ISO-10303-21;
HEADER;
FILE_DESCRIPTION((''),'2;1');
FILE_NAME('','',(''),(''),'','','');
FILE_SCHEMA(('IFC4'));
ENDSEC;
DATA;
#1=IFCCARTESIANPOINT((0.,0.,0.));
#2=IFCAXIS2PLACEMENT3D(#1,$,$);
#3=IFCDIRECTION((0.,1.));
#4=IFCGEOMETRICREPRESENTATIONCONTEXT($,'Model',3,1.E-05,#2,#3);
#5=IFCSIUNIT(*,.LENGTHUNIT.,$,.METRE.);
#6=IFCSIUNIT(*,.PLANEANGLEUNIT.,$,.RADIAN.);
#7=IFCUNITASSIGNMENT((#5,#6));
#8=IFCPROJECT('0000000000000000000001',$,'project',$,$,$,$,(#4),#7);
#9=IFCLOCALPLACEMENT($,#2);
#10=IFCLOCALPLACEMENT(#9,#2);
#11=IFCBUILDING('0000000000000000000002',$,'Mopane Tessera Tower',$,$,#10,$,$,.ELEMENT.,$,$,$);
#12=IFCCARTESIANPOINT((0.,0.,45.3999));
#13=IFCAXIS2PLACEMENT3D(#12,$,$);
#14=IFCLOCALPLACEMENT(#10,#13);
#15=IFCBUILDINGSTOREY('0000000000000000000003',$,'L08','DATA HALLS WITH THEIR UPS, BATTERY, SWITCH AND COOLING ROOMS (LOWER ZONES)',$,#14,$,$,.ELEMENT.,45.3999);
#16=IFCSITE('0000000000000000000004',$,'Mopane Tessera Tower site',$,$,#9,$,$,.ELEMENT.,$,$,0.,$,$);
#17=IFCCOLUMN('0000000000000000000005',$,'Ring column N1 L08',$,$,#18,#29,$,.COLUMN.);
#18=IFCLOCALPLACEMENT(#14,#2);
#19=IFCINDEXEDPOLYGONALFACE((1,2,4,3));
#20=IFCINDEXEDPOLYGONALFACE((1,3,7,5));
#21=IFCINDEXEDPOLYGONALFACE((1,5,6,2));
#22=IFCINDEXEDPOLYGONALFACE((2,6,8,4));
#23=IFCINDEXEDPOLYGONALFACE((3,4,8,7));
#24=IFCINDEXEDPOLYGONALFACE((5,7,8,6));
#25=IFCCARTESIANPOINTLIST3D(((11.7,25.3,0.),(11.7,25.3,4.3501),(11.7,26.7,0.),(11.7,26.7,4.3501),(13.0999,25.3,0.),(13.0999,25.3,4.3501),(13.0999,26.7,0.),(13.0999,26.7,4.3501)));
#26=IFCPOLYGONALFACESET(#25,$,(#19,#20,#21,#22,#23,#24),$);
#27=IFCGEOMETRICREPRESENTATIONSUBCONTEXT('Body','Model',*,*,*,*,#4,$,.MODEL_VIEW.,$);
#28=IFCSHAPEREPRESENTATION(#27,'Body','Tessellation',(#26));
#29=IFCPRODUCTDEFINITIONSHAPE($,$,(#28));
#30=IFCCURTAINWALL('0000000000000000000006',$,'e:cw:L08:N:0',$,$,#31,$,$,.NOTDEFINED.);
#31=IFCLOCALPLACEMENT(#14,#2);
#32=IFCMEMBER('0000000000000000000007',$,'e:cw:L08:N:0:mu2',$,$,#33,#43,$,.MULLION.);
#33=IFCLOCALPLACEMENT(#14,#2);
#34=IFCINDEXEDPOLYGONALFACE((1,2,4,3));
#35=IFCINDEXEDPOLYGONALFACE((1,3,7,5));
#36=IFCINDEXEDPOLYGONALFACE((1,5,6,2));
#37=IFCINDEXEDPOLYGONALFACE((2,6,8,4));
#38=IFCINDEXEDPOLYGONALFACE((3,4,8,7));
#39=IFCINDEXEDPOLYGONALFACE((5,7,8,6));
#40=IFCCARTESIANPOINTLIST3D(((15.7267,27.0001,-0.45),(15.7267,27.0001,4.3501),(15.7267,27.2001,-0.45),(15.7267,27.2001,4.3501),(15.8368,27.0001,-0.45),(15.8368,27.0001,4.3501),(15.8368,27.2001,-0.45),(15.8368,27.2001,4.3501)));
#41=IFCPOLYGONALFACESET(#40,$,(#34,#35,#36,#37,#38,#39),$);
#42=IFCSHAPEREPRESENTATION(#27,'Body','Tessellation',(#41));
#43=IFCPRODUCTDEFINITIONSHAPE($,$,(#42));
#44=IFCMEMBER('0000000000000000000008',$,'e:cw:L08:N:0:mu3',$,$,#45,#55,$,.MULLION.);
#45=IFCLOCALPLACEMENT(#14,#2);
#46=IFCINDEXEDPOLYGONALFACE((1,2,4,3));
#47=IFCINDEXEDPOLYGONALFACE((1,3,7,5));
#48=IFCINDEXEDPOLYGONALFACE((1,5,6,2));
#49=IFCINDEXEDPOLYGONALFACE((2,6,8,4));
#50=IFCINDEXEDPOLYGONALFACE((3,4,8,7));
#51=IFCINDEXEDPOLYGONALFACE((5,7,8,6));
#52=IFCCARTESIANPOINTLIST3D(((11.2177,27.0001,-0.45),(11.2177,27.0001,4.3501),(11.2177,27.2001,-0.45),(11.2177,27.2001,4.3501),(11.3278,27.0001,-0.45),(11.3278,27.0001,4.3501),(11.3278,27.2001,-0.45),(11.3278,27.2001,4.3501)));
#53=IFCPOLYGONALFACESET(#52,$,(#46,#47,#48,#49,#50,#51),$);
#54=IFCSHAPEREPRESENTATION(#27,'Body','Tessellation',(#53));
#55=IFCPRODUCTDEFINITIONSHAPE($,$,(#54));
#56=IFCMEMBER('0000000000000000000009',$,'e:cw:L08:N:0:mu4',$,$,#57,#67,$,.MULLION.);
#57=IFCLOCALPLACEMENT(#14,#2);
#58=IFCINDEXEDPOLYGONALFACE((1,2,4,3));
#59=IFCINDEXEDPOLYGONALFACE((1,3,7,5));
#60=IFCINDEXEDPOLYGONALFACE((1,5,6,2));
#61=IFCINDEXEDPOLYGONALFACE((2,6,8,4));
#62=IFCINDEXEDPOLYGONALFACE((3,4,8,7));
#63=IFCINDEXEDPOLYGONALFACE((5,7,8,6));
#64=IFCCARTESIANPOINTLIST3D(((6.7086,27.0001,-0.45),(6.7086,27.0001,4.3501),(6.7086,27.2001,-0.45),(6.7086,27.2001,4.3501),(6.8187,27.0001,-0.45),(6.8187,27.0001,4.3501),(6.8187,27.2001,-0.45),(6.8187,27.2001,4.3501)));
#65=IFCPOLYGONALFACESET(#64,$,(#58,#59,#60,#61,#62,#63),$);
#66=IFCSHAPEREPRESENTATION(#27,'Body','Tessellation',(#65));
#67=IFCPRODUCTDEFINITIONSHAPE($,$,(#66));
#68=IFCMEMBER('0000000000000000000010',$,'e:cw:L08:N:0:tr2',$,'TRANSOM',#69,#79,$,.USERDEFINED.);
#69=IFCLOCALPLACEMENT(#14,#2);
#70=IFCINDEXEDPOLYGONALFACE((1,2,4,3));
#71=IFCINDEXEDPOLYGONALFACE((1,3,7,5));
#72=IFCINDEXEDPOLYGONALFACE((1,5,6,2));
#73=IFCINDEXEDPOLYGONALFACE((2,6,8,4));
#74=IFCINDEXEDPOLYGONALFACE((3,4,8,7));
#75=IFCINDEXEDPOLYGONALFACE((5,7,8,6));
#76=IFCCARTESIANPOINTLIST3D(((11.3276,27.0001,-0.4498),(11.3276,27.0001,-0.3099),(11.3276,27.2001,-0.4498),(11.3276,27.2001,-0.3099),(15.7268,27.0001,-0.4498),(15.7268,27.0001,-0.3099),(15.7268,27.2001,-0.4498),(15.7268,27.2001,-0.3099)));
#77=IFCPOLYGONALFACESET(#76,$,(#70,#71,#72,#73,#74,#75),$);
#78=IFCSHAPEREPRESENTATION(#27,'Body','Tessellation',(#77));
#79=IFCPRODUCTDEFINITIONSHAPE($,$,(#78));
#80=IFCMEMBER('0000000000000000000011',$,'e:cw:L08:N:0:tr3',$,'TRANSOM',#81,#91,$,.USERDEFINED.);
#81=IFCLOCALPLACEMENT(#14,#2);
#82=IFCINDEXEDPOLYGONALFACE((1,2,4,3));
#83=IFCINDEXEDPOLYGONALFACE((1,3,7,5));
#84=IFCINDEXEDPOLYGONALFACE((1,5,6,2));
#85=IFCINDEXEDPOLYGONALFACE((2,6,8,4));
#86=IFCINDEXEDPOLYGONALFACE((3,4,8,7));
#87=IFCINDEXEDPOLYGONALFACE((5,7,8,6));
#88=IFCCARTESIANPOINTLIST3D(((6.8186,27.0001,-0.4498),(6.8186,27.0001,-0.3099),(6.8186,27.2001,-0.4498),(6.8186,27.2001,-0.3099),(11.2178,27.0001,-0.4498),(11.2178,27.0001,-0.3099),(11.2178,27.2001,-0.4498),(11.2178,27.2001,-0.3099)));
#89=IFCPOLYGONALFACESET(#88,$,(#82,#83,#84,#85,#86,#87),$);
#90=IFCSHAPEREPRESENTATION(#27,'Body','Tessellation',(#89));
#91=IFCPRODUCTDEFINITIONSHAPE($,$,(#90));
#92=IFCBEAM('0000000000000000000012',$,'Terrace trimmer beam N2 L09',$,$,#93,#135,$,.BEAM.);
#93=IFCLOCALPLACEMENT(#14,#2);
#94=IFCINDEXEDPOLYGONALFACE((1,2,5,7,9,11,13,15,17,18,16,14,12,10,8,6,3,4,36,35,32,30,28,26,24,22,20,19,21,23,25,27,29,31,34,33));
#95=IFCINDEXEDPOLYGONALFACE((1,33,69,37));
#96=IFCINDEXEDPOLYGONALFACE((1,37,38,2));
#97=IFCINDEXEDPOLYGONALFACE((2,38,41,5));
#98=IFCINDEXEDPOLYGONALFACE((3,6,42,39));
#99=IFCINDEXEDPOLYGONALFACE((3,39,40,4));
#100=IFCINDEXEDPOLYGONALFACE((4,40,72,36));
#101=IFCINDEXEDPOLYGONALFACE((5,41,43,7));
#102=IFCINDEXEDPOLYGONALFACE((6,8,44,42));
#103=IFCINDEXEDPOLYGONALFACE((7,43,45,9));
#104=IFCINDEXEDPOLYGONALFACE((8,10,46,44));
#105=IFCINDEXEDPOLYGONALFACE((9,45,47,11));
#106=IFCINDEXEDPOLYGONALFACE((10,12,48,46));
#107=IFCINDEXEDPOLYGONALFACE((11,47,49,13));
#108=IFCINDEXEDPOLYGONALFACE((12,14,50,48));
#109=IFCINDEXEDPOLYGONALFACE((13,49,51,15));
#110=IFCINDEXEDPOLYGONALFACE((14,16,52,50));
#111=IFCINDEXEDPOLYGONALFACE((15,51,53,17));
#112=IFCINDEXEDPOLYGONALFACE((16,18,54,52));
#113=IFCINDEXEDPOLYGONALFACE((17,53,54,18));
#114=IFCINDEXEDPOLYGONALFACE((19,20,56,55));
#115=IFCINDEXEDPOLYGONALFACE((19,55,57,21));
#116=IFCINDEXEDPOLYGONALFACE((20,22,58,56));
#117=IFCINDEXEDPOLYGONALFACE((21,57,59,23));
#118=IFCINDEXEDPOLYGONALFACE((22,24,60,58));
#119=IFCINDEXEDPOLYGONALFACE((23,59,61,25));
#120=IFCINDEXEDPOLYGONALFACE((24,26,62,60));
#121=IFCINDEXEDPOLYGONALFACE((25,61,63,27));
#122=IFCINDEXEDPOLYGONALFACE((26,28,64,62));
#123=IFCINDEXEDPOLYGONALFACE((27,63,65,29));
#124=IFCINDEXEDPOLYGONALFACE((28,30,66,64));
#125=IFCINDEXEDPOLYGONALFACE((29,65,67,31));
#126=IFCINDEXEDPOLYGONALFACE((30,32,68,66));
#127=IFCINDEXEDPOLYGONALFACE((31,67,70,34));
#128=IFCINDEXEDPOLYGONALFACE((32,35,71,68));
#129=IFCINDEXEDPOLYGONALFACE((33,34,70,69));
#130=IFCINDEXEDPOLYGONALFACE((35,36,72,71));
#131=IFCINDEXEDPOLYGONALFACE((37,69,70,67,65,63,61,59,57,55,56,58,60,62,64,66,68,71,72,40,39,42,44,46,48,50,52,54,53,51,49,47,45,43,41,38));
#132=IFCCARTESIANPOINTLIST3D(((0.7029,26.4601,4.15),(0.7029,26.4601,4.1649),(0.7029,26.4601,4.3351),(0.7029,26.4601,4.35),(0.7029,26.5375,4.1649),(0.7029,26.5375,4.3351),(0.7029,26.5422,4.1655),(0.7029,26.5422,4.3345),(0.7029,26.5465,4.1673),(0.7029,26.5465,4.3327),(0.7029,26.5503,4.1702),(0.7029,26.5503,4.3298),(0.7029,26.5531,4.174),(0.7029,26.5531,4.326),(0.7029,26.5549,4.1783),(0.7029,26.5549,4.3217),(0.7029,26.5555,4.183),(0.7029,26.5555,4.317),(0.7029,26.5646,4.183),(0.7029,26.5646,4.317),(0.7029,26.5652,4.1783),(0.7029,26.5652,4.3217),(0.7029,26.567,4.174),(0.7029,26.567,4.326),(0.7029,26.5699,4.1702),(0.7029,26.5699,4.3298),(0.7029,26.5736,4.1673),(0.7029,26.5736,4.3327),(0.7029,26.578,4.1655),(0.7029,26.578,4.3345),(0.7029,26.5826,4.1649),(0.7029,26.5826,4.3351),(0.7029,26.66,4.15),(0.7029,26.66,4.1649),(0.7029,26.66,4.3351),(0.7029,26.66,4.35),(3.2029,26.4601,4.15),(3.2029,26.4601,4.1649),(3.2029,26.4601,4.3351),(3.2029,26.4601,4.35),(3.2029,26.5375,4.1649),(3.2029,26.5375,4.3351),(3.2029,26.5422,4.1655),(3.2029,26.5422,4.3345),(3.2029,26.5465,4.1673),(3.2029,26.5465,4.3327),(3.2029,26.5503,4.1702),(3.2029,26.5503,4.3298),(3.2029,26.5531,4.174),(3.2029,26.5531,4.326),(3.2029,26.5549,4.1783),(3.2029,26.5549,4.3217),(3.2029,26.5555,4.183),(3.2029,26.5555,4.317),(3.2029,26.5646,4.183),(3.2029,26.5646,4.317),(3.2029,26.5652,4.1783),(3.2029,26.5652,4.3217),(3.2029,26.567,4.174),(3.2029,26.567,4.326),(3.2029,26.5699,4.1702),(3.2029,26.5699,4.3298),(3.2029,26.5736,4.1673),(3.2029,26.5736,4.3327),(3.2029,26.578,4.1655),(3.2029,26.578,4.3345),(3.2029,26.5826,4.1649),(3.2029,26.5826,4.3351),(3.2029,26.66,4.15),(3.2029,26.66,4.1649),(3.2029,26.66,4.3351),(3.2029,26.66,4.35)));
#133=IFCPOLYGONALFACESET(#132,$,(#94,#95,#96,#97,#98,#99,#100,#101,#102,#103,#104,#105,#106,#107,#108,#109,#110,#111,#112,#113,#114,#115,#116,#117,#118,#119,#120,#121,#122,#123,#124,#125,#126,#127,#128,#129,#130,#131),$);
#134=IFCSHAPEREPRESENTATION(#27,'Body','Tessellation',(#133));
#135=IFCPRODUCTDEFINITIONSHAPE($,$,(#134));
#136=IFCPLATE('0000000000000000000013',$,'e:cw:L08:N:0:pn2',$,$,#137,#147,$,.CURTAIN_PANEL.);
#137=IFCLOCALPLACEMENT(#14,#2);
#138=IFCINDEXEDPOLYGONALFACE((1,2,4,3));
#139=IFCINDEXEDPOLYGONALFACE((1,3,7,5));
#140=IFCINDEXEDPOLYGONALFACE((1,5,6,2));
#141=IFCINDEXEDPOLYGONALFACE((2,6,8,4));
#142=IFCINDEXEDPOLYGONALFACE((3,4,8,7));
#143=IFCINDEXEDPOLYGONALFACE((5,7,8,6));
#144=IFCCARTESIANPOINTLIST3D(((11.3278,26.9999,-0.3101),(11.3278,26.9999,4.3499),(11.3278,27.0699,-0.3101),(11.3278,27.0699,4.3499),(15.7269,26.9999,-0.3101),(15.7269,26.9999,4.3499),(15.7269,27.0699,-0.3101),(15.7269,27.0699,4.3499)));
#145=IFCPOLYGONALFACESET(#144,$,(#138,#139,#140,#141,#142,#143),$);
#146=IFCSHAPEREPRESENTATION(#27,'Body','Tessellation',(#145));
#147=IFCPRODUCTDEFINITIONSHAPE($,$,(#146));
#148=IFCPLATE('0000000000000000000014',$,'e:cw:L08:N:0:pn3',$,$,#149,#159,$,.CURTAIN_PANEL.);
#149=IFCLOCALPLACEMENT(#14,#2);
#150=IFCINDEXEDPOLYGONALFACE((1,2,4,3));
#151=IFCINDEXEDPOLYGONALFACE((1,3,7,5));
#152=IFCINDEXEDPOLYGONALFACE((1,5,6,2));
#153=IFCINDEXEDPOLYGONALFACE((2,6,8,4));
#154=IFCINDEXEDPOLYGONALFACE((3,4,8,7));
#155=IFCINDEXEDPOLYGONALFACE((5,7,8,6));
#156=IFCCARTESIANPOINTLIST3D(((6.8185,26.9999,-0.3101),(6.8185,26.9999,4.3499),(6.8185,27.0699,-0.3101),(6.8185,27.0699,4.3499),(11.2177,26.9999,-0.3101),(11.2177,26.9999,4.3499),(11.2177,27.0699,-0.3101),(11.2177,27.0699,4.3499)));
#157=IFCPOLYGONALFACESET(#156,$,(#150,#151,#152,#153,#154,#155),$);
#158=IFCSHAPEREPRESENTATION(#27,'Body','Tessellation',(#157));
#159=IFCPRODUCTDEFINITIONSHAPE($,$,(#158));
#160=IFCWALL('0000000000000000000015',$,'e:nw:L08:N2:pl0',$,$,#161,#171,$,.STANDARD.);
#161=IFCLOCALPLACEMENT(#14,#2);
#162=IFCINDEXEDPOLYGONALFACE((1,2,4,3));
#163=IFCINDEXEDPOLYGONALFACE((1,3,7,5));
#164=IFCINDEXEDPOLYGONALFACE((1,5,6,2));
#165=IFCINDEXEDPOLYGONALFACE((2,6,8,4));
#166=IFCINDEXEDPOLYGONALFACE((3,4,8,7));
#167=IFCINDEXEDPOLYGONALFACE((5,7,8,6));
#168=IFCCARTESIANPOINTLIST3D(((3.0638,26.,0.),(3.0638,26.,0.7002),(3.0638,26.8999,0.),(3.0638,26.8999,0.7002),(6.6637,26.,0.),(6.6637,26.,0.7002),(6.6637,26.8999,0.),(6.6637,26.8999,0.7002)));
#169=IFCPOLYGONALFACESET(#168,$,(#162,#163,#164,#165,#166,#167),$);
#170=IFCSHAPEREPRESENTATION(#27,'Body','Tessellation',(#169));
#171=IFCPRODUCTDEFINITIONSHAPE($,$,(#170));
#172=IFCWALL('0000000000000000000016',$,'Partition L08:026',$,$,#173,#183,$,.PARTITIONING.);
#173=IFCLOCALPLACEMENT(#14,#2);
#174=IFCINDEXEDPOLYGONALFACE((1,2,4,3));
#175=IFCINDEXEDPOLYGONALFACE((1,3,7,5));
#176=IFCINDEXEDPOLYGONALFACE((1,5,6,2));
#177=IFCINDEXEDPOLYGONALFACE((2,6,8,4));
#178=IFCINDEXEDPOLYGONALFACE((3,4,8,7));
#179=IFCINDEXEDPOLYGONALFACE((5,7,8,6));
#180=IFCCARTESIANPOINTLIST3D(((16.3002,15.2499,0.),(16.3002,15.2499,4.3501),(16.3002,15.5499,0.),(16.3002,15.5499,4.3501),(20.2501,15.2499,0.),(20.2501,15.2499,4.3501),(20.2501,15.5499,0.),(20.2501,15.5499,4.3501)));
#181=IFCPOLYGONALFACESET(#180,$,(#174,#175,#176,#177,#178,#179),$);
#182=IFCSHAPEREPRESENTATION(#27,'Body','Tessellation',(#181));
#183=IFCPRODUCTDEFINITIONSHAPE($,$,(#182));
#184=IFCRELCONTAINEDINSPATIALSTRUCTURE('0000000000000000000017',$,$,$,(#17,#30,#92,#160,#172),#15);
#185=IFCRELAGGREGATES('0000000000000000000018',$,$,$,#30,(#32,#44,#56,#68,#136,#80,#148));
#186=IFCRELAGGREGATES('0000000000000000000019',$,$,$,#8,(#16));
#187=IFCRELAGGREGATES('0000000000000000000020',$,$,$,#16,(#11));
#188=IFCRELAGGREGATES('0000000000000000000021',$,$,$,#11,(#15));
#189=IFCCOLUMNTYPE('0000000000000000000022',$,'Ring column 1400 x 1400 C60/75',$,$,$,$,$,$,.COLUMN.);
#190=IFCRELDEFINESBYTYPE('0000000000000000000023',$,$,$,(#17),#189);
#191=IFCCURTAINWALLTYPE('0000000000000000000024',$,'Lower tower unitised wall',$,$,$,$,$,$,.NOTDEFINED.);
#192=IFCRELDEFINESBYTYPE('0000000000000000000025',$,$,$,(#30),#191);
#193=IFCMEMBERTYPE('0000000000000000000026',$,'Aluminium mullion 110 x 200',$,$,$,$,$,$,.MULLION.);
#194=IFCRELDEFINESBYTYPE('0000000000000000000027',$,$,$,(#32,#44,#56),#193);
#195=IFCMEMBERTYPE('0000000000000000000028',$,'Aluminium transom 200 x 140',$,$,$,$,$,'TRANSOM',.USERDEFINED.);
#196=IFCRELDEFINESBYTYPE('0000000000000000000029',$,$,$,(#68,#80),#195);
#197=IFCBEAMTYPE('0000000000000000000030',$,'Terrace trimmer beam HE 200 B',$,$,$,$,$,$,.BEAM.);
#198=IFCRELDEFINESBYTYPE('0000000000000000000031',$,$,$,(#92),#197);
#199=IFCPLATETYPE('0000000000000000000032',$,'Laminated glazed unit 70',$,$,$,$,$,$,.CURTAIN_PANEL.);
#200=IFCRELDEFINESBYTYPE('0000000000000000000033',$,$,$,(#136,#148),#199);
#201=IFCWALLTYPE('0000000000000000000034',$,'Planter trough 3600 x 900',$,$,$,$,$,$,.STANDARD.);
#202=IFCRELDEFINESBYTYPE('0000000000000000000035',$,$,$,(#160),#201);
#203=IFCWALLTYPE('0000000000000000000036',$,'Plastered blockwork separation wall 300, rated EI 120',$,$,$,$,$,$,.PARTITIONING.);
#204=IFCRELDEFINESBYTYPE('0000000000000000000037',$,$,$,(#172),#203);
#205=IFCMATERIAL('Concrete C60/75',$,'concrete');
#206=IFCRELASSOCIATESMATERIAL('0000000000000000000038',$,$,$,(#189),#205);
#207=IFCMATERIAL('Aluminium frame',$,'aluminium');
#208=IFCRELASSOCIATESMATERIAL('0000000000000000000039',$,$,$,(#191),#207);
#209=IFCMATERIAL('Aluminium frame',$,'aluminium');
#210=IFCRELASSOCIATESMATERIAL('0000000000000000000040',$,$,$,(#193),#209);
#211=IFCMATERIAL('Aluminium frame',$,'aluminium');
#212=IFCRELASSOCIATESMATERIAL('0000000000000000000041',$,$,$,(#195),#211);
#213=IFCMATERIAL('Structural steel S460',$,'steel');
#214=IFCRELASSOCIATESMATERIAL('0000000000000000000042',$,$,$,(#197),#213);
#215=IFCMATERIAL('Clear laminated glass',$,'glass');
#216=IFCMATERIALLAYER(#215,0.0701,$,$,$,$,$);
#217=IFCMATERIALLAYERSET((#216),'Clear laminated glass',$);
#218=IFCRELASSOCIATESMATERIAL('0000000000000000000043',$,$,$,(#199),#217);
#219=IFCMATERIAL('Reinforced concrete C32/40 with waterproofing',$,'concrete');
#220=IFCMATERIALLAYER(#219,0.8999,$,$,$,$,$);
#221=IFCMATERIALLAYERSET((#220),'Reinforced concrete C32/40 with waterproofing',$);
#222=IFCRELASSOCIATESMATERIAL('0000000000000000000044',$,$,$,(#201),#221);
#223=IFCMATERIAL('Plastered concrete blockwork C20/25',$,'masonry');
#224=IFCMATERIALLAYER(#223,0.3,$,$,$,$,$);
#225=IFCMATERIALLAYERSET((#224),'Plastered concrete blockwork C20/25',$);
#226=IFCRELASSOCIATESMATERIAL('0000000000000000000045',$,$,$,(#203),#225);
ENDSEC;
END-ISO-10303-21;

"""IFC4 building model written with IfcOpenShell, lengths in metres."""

from ifc_helpers import new_model, si_unit, direction, frame, frame_2d, origin, origin_2d, place, context, subcontext, project, spatial, rectangle, i_section, extrude, material, layer, layer_set, material_profile, profile_set, type_object, element, aggregate, save


model = new_model("IFC4")

# Units and contexts
model_context = context("Model", 3, precision=1e-05, world=origin(), true_north=direction((0.0, 1.0)))
body_context = subcontext(model_context, "Body", "Model", "MODEL_VIEW")
ifc_project = project(units=[si_unit("LENGTHUNIT", "METRE"), si_unit("PLANEANGLEUNIT", "RADIAN")], contexts=[model_context])

# Site, building, storey
site_placement = place(None, origin())
site = spatial("IfcSite", under=ifc_project, at=site_placement, Name="Mopane Tessera Tower site", CompositionType="ELEMENT", RefElevation=0.0)
building_placement = place(site_placement, origin())
building = spatial("IfcBuilding", under=site, at=building_placement, Name="Mopane Tessera Tower", CompositionType="ELEMENT")
storey_placement = place(building_placement, frame((0.0, 0.0, 45.3999)))
storey = spatial("IfcBuildingStorey", under=building, at=storey_placement, Name="L08", Description="DATA HALLS WITH THEIR UPS, BATTERY, SWITCH AND COOLING ROOMS (LOWER ZONES)", CompositionType="ELEMENT", Elevation=45.3999)

# Column
ifc_material_1 = material(Name="Concrete C60/75", Category="concrete")
ifc_material_profile_1 = material_profile(ifc_material_1, rectangle(XDim=1.3999, YDim=1.3999, at=origin_2d()))
ifc_profile_set_1 = profile_set([ifc_material_profile_1], Name="Concrete C60/75")
column_type = type_object("IfcColumnType", Name="Ring column 1400 x 1400 C60/75", PredefinedType="COLUMN", material=ifc_profile_set_1)
column_placement = place(storey_placement, frame((12.3999, 26.0, 0.0), z_axis=(0.0, 0.0, 1.0), x_axis=(1.0, 0.0, 0.0)))
element("IfcColumn", 1, at=column_placement, inside=storey, type_object=column_type, Name="Ring column N1 L08", PredefinedType="COLUMN", context=body_context, shape_type="SweptSolid", body=[
    extrude(rectangle(XDim=1.3999, YDim=1.3999, at=origin_2d()), origin(), (0.0, 0.0, 1.0), 4.3501),
])

# Curtain wall, members
ifc_material_2 = material(Name="Aluminium frame", Category="aluminium")
curtain_wall_type = type_object("IfcCurtainWallType", Name="Lower tower unitised wall", PredefinedType="NOTDEFINED", material=ifc_material_2)
curtain_wall_placement = place(storey_placement, origin())
curtain_wall = element("IfcCurtainWall", 2, at=curtain_wall_placement, inside=storey, type_object=curtain_wall_type, Name="e:cw:L08:N:0", PredefinedType="NOTDEFINED")
ifc_material_3 = material(Name="Aluminium frame", Category="aluminium")
ifc_material_profile_2 = material_profile(ifc_material_3, rectangle(XDim=0.1101, YDim=0.2, at=origin_2d()))
ifc_profile_set_2 = profile_set([ifc_material_profile_2], Name="Aluminium frame")
member_type_1 = type_object("IfcMemberType", Name="Aluminium mullion 110 x 200", PredefinedType="MULLION", material=ifc_profile_set_2)
member_1_placement = place(storey_placement, frame((15.7817, 27.1001, -0.45), z_axis=(0.0, 0.0, 1.0), x_axis=(-1.0, 0.0, 0.0)))
member_1 = element("IfcMember", 3, at=member_1_placement, type_object=member_type_1, Name="e:cw:L08:N:0:mu2", PredefinedType="MULLION", context=body_context, shape_type="SweptSolid", body=[
    extrude(rectangle(XDim=0.1101, YDim=0.2, at=origin_2d()), origin(), (0.0, 0.0, 1.0), 4.8),
])
member_2_placement = place(storey_placement, frame((11.2727, 27.1001, -0.45), z_axis=(0.0, 0.0, 1.0), x_axis=(-1.0, 0.0, 0.0)))
member_2 = element("IfcMember", 4, at=member_2_placement, type_object=member_type_1, Name="e:cw:L08:N:0:mu3", PredefinedType="MULLION", context=body_context, shape_type="SweptSolid", body=[
    extrude(rectangle(XDim=0.1101, YDim=0.2, at=origin_2d()), origin(), (0.0, 0.0, 1.0), 4.8),
])
member_3_placement = place(storey_placement, frame((6.7637, 27.1001, -0.45), z_axis=(0.0, 0.0, 1.0), x_axis=(-1.0, 0.0, 0.0)))
member_3 = element("IfcMember", 5, at=member_3_placement, type_object=member_type_1, Name="e:cw:L08:N:0:mu4", PredefinedType="MULLION", context=body_context, shape_type="SweptSolid", body=[
    extrude(rectangle(XDim=0.1101, YDim=0.2, at=origin_2d()), origin(), (0.0, 0.0, 1.0), 4.8),
])
ifc_material_4 = material(Name="Aluminium frame", Category="aluminium")
ifc_material_profile_3 = material_profile(ifc_material_4, rectangle(XDim=0.2, YDim=0.1399, at=origin_2d()))
ifc_profile_set_3 = profile_set([ifc_material_profile_3], Name="Aluminium frame")
member_type_2 = type_object("IfcMemberType", Name="Aluminium transom 200 x 140", ElementType="TRANSOM", PredefinedType="USERDEFINED", material=ifc_profile_set_3)
member_4_placement = place(storey_placement, frame((15.7268, 27.1001, -0.3799), z_axis=(-1.0, 0.0, 0.0), x_axis=(0.0, -1.0, 0.0)))
member_4 = element("IfcMember", 6, at=member_4_placement, type_object=member_type_2, Name="e:cw:L08:N:0:tr2", ObjectType="TRANSOM", PredefinedType="USERDEFINED", context=body_context, shape_type="SweptSolid", body=[
    extrude(rectangle(XDim=0.2, YDim=0.1399, at=origin_2d()), origin(), (0.0, 0.0, 1.0), 4.3992),
])
member_5_placement = place(storey_placement, frame((11.2178, 27.1001, -0.3799), z_axis=(-1.0, 0.0, 0.0), x_axis=(0.0, -1.0, 0.0)))
member_5 = element("IfcMember", 7, at=member_5_placement, type_object=member_type_2, Name="e:cw:L08:N:0:tr3", ObjectType="TRANSOM", PredefinedType="USERDEFINED", context=body_context, shape_type="SweptSolid", body=[
    extrude(rectangle(XDim=0.2, YDim=0.1399, at=origin_2d()), origin(), (0.0, 0.0, 1.0), 4.3992),
])

# Beam
ifc_material_5 = material(Name="Structural steel S460", Category="steel")
ifc_material_profile_4 = material_profile(ifc_material_5, i_section(OverallWidth=0.2, OverallDepth=0.2, WebThickness=0.009, FlangeThickness=0.0149, FilletRadius=0.0181, at=origin_2d()))
ifc_profile_set_4 = profile_set([ifc_material_profile_4], Name="Structural steel S460")
beam_type = type_object("IfcBeamType", Name="Terrace trimmer beam HE 200 B", PredefinedType="BEAM", material=ifc_profile_set_4)
beam_placement = place(storey_placement, frame((0.7029, 26.5601, 4.25), z_axis=(1.0, 0.0, 0.0), x_axis=(0.0, 1.0, 0.0)))
element("IfcBeam", 8, at=beam_placement, inside=storey, type_object=beam_type, Name="Terrace trimmer beam N2 L09", PredefinedType="BEAM", context=body_context, shape_type="SweptSolid", body=[
    extrude(i_section(OverallWidth=0.2, OverallDepth=0.2, WebThickness=0.009, FlangeThickness=0.0149, FilletRadius=0.0181, at=origin_2d()), origin(), (0.0, 0.0, 1.0), 2.5),
])

# Plates
ifc_material_6 = material(Name="Clear laminated glass", Category="glass")
ifc_layer_1 = layer(ifc_material_6, 0.0701)
ifc_layer_set_1 = layer_set([ifc_layer_1], Name="Clear laminated glass")
plate_type = type_object("IfcPlateType", Name="Laminated glazed unit 70", PredefinedType="CURTAIN_PANEL", material=ifc_layer_set_1)
plate_1_placement = place(storey_placement, frame((13.5273, 27.0349, -0.3101), z_axis=(0.0, 0.0, 1.0), x_axis=(-1.0, 0.0, 0.0)))
plate_1 = element("IfcPlate", 9, at=plate_1_placement, type_object=plate_type, Name="e:cw:L08:N:0:pn2", PredefinedType="CURTAIN_PANEL", context=body_context, shape_type="SweptSolid", body=[
    extrude(rectangle(XDim=4.3992, YDim=0.0701, at=origin_2d()), origin(), (0.0, 0.0, 1.0), 4.6599),
])
plate_2_placement = place(storey_placement, frame((9.0181, 27.0349, -0.3101), z_axis=(0.0, 0.0, 1.0), x_axis=(-1.0, 0.0, 0.0)))
plate_2 = element("IfcPlate", 10, at=plate_2_placement, type_object=plate_type, Name="e:cw:L08:N:0:pn3", PredefinedType="CURTAIN_PANEL", context=body_context, shape_type="SweptSolid", body=[
    extrude(rectangle(XDim=4.3992, YDim=0.0701, at=origin_2d()), origin(), (0.0, 0.0, 1.0), 4.6599),
])
aggregate(curtain_wall, [member_1, member_2, member_3, member_4, plate_1, member_5, plate_2])

# Walls
ifc_material_7 = material(Name="Reinforced concrete C32/40 with waterproofing", Category="concrete")
ifc_layer_2 = layer(ifc_material_7, 0.8999)
ifc_layer_set_2 = layer_set([ifc_layer_2], Name="Reinforced concrete C32/40 with waterproofing")
wall_type_1 = type_object("IfcWallType", Name="Planter trough 3600 x 900", PredefinedType="STANDARD", material=ifc_layer_set_2)
wall_1_placement = place(storey_placement, frame((6.6636, 26.45, 0.0), z_axis=(0.0, 0.0, 1.0), x_axis=(-1.0, 0.0, 0.0)))
element("IfcWall", 11, at=wall_1_placement, inside=storey, type_object=wall_type_1, Name="e:nw:L08:N2:pl0", PredefinedType="STANDARD", context=body_context, shape_type="SweptSolid", body=[
    extrude(rectangle(XDim=3.5999, YDim=0.8999, at=frame_2d((1.7998, 0.0))), origin(), (0.0, 0.0, 1.0), 0.7002),
])
ifc_material_8 = material(Name="Plastered concrete blockwork C20/25", Category="masonry")
ifc_layer_3 = layer(ifc_material_8, 0.3)
ifc_layer_set_3 = layer_set([ifc_layer_3], Name="Plastered concrete blockwork C20/25")
wall_type_2 = type_object("IfcWallType", Name="Plastered blockwork separation wall 300, rated EI 120", PredefinedType="PARTITIONING", material=ifc_layer_set_3)
wall_2_placement = place(storey_placement, frame((16.3, 15.3999, 0.0), z_axis=(0.0, 0.0, 1.0), x_axis=(1.0, 0.0, 0.0)))
element("IfcWall", 12, at=wall_2_placement, inside=storey, type_object=wall_type_2, Name="Partition L08:026", PredefinedType="PARTITIONING", context=body_context, shape_type="SweptSolid", body=[
    extrude(rectangle(XDim=3.95, YDim=0.3, at=frame_2d((1.9751, 0.0))), origin(), (0.0, 0.0, 1.0), 4.3501),
])

save(model, "model.ifc")
